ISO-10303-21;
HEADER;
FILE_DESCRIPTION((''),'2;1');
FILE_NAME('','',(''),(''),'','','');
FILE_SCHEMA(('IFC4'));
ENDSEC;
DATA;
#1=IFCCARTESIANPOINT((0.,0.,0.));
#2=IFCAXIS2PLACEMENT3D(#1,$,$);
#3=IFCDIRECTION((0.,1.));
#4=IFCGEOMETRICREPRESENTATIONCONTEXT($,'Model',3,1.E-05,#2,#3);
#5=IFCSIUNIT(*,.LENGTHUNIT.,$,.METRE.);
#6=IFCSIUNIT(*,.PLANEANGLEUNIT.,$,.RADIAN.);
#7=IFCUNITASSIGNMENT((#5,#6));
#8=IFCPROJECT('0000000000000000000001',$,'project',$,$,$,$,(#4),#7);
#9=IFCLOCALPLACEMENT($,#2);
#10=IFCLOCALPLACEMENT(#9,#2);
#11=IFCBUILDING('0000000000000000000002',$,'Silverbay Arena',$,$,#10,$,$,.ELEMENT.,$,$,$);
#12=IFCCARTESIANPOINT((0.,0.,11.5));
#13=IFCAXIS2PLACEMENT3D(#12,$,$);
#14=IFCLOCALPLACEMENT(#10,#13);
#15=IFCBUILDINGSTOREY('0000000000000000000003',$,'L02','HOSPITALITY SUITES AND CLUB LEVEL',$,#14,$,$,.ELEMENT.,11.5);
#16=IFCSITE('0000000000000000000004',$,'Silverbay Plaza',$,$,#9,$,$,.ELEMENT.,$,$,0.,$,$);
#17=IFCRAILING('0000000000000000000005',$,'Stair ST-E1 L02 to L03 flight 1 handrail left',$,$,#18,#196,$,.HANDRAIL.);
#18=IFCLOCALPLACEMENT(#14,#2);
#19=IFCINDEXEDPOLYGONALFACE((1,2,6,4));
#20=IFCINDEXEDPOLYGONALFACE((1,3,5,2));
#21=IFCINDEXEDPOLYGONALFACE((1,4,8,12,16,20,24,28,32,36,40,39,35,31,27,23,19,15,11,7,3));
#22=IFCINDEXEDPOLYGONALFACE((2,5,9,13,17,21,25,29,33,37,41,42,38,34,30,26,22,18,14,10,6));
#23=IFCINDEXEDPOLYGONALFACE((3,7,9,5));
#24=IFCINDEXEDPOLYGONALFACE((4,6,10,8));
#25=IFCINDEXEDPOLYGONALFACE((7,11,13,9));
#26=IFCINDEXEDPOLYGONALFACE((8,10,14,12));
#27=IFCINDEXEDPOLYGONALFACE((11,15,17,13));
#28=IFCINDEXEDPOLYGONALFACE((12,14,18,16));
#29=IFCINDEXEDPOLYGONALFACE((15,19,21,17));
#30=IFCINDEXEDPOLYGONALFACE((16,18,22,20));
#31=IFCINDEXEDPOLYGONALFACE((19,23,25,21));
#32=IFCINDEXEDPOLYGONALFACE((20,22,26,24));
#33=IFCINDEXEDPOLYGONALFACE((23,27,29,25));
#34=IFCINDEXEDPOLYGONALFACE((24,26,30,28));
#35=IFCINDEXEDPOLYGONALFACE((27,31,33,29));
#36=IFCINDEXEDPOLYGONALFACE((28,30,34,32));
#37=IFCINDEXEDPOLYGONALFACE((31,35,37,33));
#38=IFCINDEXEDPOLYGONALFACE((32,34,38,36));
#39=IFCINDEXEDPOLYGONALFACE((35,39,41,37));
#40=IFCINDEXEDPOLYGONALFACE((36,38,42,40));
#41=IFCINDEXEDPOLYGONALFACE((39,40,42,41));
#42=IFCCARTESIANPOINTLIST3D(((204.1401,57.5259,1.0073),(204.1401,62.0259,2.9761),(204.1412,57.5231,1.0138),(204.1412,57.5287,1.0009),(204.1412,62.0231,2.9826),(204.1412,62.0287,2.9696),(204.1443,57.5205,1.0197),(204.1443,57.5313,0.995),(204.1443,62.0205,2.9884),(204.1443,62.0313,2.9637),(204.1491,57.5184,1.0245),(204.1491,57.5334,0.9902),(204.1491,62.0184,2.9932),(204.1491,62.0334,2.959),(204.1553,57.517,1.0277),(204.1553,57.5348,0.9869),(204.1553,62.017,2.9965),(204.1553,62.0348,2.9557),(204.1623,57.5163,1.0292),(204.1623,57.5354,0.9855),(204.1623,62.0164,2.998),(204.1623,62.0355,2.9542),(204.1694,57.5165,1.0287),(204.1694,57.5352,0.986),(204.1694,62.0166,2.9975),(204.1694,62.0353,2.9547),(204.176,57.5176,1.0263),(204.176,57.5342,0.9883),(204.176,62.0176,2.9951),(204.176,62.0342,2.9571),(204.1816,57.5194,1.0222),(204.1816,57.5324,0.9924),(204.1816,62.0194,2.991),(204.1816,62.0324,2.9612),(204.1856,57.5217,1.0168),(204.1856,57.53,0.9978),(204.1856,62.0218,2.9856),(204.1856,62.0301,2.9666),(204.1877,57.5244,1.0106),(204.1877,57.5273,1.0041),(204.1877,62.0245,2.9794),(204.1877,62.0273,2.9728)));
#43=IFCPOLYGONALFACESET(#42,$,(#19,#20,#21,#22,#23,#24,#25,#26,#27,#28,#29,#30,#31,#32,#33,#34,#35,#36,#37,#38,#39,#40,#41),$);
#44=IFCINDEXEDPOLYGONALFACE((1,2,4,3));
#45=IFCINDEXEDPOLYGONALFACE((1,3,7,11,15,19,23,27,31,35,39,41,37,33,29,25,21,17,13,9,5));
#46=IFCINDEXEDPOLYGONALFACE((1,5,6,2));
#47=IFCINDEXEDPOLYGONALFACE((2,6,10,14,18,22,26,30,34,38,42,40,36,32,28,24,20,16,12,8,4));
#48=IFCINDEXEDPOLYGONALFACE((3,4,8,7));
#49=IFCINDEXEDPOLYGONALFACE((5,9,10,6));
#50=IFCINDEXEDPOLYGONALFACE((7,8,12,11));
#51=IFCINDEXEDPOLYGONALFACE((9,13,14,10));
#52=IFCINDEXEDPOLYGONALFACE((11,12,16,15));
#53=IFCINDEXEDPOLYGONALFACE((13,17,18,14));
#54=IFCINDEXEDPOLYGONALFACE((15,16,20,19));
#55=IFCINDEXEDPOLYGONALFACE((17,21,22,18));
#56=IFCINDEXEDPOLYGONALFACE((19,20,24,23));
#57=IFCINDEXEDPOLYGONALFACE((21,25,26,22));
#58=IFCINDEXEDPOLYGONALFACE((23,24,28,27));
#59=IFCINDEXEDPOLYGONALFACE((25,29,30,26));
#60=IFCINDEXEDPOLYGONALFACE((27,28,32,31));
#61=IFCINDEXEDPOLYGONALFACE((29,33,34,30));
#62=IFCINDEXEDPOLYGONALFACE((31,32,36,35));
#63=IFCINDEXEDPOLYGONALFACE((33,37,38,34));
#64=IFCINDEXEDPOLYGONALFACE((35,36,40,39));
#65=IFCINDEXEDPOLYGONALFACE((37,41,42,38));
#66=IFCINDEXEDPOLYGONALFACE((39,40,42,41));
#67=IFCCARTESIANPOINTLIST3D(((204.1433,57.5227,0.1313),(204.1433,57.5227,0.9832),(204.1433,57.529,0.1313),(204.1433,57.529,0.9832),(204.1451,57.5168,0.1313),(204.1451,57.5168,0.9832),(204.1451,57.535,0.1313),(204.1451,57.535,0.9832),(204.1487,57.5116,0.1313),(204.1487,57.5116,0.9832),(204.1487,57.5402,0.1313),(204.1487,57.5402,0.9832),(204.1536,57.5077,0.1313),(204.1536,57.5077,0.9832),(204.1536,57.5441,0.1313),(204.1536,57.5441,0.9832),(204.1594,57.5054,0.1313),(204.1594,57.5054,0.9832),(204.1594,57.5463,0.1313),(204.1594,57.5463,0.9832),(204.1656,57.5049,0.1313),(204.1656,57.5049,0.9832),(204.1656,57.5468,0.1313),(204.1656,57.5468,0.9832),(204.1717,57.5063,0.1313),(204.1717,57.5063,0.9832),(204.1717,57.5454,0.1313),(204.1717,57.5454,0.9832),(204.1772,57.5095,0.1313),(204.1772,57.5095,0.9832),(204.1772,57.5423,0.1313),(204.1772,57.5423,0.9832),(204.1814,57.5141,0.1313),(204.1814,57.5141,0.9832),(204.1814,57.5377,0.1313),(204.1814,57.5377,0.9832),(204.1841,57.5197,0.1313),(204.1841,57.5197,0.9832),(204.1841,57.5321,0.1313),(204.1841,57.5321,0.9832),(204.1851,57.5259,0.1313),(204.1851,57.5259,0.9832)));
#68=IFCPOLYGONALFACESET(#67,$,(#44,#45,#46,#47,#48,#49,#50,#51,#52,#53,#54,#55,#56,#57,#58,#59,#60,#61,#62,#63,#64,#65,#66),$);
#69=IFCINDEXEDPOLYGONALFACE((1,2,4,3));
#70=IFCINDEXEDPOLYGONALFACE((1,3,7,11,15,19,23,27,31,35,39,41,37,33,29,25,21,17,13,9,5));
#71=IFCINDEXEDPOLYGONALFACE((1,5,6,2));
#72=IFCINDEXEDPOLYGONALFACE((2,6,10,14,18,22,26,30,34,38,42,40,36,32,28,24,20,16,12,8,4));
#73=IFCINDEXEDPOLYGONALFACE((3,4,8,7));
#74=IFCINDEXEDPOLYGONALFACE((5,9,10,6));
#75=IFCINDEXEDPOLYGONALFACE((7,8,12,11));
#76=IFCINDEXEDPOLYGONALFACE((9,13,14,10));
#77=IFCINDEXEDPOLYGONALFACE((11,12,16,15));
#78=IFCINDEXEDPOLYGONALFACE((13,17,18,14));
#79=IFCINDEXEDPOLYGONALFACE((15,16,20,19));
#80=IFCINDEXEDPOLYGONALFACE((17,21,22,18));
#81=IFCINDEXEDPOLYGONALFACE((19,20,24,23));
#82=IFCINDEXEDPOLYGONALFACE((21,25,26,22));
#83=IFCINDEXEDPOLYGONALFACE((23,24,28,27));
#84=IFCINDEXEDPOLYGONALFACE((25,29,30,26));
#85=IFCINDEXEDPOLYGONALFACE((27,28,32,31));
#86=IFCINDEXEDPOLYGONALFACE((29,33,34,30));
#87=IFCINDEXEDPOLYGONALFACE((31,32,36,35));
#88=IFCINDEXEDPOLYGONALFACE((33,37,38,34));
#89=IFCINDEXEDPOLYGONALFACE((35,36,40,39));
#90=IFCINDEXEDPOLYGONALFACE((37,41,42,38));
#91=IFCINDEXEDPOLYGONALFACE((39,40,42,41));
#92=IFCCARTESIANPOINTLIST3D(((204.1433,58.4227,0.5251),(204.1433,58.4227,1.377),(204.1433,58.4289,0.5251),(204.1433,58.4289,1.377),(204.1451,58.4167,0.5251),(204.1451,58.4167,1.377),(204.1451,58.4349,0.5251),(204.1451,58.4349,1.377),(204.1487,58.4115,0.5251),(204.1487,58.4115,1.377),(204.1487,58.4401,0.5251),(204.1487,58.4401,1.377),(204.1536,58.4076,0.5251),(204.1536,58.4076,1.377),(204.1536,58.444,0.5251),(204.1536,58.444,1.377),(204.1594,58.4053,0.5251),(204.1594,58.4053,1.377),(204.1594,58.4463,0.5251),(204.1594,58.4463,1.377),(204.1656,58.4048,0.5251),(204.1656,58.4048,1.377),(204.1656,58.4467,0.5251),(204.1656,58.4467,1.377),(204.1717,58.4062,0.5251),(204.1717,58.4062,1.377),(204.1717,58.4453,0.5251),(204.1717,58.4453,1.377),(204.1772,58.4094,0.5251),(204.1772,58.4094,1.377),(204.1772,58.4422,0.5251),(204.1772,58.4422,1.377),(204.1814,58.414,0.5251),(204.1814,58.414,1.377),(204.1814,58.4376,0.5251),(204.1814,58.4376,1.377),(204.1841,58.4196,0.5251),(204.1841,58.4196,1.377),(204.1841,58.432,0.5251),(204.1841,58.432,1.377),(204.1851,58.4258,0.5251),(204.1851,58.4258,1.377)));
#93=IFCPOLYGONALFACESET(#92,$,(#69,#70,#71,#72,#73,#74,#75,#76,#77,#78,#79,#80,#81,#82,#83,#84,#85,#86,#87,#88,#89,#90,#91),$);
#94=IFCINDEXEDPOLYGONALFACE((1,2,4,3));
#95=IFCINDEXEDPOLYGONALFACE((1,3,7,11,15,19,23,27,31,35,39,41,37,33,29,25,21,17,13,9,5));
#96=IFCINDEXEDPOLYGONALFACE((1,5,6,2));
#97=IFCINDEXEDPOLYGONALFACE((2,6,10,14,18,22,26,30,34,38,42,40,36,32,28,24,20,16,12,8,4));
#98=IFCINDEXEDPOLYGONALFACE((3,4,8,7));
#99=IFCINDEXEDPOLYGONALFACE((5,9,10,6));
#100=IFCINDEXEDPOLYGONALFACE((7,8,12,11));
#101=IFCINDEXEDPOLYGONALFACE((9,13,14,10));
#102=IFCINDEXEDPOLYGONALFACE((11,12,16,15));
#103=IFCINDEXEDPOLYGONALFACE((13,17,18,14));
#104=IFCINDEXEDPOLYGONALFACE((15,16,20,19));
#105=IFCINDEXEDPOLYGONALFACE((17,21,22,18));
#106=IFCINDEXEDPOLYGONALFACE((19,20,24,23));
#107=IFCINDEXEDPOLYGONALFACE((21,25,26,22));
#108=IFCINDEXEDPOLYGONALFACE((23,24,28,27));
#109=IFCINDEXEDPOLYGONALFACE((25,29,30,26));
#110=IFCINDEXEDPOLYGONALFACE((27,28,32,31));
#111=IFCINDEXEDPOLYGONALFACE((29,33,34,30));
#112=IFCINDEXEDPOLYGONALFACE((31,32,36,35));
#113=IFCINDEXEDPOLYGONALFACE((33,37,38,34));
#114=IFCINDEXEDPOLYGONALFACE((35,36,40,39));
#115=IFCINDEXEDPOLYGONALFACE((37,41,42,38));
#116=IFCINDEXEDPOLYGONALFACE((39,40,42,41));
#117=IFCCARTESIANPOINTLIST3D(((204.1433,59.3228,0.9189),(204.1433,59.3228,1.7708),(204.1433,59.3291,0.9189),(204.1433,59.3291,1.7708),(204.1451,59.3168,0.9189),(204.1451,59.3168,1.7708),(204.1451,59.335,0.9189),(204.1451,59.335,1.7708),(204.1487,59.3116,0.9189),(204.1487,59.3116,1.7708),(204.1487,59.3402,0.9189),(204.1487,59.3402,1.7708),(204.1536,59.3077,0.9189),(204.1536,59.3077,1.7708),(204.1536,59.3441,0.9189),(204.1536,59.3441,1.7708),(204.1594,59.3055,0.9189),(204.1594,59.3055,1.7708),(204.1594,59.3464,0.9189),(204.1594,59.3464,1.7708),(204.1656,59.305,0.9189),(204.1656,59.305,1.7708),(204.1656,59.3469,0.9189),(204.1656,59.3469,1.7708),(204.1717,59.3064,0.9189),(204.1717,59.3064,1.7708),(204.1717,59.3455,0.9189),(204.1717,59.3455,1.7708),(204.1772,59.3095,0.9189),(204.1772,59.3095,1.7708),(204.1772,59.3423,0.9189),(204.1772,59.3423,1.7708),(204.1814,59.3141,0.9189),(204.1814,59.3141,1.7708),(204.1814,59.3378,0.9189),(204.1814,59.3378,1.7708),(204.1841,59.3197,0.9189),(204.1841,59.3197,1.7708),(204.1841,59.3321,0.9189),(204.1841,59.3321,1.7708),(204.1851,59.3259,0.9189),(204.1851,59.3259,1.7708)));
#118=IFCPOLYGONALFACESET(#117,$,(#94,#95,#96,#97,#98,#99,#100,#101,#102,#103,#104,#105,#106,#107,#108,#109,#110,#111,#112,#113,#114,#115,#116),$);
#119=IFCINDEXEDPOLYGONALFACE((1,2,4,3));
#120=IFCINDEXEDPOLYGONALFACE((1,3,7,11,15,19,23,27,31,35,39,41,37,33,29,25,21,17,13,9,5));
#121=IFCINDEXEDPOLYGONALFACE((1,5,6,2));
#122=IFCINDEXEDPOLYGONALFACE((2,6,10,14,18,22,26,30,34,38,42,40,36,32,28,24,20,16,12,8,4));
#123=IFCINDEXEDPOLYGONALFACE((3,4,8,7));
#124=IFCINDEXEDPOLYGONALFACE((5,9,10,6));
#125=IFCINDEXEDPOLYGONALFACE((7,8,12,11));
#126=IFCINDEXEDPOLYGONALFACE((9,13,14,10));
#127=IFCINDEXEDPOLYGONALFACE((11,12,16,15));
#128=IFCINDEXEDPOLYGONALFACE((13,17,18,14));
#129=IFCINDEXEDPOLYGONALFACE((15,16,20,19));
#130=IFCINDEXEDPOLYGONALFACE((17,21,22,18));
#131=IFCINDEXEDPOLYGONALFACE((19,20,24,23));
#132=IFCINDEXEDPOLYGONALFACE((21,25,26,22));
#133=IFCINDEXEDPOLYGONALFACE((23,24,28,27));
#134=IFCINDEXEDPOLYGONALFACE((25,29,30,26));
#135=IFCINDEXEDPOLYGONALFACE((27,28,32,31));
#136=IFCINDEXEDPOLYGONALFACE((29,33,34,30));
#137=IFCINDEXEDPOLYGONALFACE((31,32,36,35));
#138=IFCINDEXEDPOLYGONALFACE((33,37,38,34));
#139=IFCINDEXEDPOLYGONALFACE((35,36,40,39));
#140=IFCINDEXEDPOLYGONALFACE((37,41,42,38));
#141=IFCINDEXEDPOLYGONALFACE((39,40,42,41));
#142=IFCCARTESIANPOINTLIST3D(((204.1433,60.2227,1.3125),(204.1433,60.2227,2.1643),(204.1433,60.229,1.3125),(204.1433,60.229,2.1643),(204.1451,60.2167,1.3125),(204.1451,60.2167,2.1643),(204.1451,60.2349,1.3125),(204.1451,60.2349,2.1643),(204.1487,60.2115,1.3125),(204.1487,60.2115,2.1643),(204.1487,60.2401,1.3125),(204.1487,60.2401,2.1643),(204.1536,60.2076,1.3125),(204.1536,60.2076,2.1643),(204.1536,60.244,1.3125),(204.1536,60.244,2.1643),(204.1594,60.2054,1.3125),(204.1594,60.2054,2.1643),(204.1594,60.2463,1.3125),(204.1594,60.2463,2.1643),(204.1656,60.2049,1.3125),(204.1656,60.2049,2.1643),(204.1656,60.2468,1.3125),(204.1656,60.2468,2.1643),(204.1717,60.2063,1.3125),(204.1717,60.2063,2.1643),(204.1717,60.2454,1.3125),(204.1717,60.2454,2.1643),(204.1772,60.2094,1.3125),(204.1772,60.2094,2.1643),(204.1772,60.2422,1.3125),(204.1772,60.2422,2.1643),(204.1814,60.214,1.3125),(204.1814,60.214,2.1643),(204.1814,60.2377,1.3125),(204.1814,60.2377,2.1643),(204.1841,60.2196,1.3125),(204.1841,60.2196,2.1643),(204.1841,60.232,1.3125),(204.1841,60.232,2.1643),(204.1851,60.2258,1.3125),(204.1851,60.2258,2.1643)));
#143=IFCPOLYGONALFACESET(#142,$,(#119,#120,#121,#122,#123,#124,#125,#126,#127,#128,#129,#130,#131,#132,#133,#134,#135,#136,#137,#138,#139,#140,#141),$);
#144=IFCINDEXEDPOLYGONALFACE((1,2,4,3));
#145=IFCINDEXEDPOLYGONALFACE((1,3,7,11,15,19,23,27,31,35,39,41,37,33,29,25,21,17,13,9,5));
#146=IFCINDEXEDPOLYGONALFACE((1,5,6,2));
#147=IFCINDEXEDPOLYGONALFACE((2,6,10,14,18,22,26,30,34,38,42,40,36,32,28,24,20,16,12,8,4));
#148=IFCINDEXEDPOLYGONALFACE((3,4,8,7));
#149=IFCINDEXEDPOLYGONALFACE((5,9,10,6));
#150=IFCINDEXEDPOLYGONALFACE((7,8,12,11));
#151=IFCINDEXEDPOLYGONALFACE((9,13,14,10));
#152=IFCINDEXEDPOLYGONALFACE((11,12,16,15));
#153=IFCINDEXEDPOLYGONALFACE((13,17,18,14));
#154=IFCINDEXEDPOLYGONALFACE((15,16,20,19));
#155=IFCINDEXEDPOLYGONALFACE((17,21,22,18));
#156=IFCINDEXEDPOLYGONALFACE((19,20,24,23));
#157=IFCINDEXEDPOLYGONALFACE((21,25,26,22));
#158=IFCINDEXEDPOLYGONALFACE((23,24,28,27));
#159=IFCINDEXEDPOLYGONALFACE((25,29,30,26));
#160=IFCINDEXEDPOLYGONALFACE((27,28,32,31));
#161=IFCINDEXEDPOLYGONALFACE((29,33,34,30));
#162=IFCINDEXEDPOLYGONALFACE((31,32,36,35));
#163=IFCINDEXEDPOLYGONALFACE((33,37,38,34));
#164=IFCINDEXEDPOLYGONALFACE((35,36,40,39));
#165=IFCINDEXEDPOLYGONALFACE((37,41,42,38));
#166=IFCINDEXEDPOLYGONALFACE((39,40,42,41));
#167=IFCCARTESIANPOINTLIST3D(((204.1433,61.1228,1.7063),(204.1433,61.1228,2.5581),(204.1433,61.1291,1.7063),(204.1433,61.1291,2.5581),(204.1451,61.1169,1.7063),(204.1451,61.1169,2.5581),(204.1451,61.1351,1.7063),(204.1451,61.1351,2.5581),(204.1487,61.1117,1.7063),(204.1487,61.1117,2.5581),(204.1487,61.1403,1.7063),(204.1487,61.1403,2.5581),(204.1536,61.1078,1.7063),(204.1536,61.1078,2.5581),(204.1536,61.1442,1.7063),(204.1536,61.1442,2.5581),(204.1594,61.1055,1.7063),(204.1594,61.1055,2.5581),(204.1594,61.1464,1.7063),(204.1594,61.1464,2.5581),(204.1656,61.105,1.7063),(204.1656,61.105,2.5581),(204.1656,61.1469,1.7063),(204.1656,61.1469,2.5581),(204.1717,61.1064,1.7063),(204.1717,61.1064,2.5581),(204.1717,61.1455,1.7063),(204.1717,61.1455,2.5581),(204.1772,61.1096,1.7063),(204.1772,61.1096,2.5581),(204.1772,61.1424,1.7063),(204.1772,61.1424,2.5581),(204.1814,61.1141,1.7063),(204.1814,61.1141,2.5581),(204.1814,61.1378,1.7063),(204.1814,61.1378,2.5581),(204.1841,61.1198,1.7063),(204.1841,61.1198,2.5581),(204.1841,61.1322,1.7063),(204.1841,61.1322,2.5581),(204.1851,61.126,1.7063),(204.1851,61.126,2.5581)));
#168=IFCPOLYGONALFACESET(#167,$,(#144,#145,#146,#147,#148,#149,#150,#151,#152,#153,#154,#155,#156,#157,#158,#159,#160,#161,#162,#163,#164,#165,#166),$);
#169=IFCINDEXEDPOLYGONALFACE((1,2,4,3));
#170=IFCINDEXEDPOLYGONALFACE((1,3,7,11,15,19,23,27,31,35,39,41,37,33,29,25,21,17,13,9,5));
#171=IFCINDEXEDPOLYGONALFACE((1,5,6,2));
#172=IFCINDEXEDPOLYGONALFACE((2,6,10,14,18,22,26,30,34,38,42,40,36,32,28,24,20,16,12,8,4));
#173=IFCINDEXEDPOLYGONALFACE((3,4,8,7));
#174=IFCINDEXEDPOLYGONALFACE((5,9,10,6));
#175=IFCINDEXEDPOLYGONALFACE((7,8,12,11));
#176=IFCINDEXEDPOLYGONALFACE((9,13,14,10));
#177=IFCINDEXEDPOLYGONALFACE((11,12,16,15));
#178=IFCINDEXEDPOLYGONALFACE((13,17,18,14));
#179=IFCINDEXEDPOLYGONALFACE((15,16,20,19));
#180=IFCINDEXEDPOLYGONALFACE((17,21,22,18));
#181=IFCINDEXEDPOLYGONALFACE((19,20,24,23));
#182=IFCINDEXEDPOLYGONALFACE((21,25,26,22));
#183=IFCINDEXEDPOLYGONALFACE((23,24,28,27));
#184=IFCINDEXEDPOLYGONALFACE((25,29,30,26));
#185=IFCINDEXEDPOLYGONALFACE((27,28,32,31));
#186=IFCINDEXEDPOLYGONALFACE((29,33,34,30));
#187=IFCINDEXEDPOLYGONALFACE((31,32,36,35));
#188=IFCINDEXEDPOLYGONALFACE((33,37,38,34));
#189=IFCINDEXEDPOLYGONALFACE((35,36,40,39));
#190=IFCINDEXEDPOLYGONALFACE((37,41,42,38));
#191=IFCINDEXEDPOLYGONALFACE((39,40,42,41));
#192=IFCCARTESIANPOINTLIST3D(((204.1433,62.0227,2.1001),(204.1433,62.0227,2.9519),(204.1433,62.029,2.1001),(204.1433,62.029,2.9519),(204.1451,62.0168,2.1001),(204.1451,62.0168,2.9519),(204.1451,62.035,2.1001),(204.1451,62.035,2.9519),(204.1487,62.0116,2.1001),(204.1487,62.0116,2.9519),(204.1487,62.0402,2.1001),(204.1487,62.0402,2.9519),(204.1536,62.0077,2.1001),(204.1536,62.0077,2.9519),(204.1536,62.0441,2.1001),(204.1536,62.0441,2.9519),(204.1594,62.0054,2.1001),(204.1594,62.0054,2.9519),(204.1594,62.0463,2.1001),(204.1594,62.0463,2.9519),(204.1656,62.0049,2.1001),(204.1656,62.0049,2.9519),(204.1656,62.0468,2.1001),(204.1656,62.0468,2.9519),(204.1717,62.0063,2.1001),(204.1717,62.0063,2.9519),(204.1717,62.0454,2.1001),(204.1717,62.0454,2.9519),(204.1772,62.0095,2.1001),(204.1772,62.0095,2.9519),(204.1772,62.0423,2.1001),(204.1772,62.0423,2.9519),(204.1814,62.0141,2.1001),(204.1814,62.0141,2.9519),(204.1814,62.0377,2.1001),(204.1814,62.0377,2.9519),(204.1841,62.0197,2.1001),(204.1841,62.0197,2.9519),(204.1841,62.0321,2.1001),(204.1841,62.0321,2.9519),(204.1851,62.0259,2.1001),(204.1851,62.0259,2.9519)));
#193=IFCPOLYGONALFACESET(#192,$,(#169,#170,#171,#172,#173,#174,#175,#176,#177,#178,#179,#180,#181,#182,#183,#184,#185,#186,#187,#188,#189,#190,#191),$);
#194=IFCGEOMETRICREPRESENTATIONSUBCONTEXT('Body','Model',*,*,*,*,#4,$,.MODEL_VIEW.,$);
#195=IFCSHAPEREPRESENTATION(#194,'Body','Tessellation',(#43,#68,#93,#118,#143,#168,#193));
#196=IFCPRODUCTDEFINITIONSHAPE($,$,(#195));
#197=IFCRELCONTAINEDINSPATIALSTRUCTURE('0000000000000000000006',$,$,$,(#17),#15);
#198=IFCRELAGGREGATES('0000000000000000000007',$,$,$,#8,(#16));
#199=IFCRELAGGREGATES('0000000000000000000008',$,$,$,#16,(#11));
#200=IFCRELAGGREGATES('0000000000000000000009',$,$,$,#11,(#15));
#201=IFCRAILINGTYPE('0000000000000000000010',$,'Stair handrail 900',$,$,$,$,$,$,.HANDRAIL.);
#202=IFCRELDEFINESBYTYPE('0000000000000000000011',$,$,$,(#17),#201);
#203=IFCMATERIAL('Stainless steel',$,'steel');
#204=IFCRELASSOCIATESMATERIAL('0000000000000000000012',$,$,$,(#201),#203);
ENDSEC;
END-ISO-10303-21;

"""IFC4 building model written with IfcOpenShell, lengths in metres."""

from ifc_helpers import new_model, si_unit, direction, frame, origin, origin_2d, place, context, subcontext, project, spatial, circle, extrude, material, type_object, element, save


model = new_model("IFC4")

# Units and contexts
model_context = context("Model", 3, precision=1e-05, world=origin(), true_north=direction((0.0, 1.0)))
body_context = subcontext(model_context, "Body", "Model", "MODEL_VIEW")
ifc_project = project(units=[si_unit("LENGTHUNIT", "METRE"), si_unit("PLANEANGLEUNIT", "RADIAN")], contexts=[model_context])

# Site, building, storey
site_placement = place(None, origin())
site = spatial("IfcSite", under=ifc_project, at=site_placement, Name="Silverbay Plaza", CompositionType="ELEMENT", RefElevation=0.0)
building_placement = place(site_placement, origin())
building = spatial("IfcBuilding", under=site, at=building_placement, Name="Silverbay Arena", CompositionType="ELEMENT")
storey_placement = place(building_placement, frame((0.0, 0.0, 11.5)))
storey = spatial("IfcBuildingStorey", under=building, at=storey_placement, Name="L02", Description="HOSPITALITY SUITES AND CLUB LEVEL", CompositionType="ELEMENT", Elevation=11.5)

# Railing
ifc_material_1 = material(Name="Stainless steel", Category="steel")
railing_type_1 = type_object("IfcRailingType", Name="Stair handrail 900", PredefinedType="HANDRAIL", material=ifc_material_1)
for number, where, name in (
    (1, (204.1641, 57.5259, 0.1313), "Stair ST-E1 L02 to L03 flight 1 handrail left"),
):
    element("IfcRailing", number, at=place(storey_placement, frame(where)), inside=storey, type_object=railing_type_1, Name=name, PredefinedType="HANDRAIL", context=body_context, shape_type="SweptSolid", body=[
        extrude(circle(Radius=0.0239, at=origin_2d()), frame((0.0, 0.0, 0.876), z_axis=(0.0, 0.916157, 0.400819), x_axis=(-1.0, 0.0, 0.0)), (0.0, 0.0, 1.0), 4.9119),
        extrude(circle(Radius=0.021, at=origin_2d()), origin(), (0.0, 0.0, 1.0), 0.8518),
        extrude(circle(Radius=0.021, at=origin_2d()), frame((0.0, 0.8999, 0.3938)), (0.0, 0.0, 1.0), 0.8518),
        extrude(circle(Radius=0.021, at=origin_2d()), frame((0.0, 1.8, 0.7876)), (0.0, 0.0, 1.0), 0.8518),
        extrude(circle(Radius=0.021, at=origin_2d()), frame((0.0, 2.7, 1.1812)), (0.0, 0.0, 1.0), 0.8518),
        extrude(circle(Radius=0.021, at=origin_2d()), frame((0.0, 3.6001, 1.575)), (0.0, 0.0, 1.0), 0.8518),
        extrude(circle(Radius=0.021, at=origin_2d()), frame((0.0, 4.5, 1.9688)), (0.0, 0.0, 1.0), 0.8518),
    ])

save(model, "model.ifc")
